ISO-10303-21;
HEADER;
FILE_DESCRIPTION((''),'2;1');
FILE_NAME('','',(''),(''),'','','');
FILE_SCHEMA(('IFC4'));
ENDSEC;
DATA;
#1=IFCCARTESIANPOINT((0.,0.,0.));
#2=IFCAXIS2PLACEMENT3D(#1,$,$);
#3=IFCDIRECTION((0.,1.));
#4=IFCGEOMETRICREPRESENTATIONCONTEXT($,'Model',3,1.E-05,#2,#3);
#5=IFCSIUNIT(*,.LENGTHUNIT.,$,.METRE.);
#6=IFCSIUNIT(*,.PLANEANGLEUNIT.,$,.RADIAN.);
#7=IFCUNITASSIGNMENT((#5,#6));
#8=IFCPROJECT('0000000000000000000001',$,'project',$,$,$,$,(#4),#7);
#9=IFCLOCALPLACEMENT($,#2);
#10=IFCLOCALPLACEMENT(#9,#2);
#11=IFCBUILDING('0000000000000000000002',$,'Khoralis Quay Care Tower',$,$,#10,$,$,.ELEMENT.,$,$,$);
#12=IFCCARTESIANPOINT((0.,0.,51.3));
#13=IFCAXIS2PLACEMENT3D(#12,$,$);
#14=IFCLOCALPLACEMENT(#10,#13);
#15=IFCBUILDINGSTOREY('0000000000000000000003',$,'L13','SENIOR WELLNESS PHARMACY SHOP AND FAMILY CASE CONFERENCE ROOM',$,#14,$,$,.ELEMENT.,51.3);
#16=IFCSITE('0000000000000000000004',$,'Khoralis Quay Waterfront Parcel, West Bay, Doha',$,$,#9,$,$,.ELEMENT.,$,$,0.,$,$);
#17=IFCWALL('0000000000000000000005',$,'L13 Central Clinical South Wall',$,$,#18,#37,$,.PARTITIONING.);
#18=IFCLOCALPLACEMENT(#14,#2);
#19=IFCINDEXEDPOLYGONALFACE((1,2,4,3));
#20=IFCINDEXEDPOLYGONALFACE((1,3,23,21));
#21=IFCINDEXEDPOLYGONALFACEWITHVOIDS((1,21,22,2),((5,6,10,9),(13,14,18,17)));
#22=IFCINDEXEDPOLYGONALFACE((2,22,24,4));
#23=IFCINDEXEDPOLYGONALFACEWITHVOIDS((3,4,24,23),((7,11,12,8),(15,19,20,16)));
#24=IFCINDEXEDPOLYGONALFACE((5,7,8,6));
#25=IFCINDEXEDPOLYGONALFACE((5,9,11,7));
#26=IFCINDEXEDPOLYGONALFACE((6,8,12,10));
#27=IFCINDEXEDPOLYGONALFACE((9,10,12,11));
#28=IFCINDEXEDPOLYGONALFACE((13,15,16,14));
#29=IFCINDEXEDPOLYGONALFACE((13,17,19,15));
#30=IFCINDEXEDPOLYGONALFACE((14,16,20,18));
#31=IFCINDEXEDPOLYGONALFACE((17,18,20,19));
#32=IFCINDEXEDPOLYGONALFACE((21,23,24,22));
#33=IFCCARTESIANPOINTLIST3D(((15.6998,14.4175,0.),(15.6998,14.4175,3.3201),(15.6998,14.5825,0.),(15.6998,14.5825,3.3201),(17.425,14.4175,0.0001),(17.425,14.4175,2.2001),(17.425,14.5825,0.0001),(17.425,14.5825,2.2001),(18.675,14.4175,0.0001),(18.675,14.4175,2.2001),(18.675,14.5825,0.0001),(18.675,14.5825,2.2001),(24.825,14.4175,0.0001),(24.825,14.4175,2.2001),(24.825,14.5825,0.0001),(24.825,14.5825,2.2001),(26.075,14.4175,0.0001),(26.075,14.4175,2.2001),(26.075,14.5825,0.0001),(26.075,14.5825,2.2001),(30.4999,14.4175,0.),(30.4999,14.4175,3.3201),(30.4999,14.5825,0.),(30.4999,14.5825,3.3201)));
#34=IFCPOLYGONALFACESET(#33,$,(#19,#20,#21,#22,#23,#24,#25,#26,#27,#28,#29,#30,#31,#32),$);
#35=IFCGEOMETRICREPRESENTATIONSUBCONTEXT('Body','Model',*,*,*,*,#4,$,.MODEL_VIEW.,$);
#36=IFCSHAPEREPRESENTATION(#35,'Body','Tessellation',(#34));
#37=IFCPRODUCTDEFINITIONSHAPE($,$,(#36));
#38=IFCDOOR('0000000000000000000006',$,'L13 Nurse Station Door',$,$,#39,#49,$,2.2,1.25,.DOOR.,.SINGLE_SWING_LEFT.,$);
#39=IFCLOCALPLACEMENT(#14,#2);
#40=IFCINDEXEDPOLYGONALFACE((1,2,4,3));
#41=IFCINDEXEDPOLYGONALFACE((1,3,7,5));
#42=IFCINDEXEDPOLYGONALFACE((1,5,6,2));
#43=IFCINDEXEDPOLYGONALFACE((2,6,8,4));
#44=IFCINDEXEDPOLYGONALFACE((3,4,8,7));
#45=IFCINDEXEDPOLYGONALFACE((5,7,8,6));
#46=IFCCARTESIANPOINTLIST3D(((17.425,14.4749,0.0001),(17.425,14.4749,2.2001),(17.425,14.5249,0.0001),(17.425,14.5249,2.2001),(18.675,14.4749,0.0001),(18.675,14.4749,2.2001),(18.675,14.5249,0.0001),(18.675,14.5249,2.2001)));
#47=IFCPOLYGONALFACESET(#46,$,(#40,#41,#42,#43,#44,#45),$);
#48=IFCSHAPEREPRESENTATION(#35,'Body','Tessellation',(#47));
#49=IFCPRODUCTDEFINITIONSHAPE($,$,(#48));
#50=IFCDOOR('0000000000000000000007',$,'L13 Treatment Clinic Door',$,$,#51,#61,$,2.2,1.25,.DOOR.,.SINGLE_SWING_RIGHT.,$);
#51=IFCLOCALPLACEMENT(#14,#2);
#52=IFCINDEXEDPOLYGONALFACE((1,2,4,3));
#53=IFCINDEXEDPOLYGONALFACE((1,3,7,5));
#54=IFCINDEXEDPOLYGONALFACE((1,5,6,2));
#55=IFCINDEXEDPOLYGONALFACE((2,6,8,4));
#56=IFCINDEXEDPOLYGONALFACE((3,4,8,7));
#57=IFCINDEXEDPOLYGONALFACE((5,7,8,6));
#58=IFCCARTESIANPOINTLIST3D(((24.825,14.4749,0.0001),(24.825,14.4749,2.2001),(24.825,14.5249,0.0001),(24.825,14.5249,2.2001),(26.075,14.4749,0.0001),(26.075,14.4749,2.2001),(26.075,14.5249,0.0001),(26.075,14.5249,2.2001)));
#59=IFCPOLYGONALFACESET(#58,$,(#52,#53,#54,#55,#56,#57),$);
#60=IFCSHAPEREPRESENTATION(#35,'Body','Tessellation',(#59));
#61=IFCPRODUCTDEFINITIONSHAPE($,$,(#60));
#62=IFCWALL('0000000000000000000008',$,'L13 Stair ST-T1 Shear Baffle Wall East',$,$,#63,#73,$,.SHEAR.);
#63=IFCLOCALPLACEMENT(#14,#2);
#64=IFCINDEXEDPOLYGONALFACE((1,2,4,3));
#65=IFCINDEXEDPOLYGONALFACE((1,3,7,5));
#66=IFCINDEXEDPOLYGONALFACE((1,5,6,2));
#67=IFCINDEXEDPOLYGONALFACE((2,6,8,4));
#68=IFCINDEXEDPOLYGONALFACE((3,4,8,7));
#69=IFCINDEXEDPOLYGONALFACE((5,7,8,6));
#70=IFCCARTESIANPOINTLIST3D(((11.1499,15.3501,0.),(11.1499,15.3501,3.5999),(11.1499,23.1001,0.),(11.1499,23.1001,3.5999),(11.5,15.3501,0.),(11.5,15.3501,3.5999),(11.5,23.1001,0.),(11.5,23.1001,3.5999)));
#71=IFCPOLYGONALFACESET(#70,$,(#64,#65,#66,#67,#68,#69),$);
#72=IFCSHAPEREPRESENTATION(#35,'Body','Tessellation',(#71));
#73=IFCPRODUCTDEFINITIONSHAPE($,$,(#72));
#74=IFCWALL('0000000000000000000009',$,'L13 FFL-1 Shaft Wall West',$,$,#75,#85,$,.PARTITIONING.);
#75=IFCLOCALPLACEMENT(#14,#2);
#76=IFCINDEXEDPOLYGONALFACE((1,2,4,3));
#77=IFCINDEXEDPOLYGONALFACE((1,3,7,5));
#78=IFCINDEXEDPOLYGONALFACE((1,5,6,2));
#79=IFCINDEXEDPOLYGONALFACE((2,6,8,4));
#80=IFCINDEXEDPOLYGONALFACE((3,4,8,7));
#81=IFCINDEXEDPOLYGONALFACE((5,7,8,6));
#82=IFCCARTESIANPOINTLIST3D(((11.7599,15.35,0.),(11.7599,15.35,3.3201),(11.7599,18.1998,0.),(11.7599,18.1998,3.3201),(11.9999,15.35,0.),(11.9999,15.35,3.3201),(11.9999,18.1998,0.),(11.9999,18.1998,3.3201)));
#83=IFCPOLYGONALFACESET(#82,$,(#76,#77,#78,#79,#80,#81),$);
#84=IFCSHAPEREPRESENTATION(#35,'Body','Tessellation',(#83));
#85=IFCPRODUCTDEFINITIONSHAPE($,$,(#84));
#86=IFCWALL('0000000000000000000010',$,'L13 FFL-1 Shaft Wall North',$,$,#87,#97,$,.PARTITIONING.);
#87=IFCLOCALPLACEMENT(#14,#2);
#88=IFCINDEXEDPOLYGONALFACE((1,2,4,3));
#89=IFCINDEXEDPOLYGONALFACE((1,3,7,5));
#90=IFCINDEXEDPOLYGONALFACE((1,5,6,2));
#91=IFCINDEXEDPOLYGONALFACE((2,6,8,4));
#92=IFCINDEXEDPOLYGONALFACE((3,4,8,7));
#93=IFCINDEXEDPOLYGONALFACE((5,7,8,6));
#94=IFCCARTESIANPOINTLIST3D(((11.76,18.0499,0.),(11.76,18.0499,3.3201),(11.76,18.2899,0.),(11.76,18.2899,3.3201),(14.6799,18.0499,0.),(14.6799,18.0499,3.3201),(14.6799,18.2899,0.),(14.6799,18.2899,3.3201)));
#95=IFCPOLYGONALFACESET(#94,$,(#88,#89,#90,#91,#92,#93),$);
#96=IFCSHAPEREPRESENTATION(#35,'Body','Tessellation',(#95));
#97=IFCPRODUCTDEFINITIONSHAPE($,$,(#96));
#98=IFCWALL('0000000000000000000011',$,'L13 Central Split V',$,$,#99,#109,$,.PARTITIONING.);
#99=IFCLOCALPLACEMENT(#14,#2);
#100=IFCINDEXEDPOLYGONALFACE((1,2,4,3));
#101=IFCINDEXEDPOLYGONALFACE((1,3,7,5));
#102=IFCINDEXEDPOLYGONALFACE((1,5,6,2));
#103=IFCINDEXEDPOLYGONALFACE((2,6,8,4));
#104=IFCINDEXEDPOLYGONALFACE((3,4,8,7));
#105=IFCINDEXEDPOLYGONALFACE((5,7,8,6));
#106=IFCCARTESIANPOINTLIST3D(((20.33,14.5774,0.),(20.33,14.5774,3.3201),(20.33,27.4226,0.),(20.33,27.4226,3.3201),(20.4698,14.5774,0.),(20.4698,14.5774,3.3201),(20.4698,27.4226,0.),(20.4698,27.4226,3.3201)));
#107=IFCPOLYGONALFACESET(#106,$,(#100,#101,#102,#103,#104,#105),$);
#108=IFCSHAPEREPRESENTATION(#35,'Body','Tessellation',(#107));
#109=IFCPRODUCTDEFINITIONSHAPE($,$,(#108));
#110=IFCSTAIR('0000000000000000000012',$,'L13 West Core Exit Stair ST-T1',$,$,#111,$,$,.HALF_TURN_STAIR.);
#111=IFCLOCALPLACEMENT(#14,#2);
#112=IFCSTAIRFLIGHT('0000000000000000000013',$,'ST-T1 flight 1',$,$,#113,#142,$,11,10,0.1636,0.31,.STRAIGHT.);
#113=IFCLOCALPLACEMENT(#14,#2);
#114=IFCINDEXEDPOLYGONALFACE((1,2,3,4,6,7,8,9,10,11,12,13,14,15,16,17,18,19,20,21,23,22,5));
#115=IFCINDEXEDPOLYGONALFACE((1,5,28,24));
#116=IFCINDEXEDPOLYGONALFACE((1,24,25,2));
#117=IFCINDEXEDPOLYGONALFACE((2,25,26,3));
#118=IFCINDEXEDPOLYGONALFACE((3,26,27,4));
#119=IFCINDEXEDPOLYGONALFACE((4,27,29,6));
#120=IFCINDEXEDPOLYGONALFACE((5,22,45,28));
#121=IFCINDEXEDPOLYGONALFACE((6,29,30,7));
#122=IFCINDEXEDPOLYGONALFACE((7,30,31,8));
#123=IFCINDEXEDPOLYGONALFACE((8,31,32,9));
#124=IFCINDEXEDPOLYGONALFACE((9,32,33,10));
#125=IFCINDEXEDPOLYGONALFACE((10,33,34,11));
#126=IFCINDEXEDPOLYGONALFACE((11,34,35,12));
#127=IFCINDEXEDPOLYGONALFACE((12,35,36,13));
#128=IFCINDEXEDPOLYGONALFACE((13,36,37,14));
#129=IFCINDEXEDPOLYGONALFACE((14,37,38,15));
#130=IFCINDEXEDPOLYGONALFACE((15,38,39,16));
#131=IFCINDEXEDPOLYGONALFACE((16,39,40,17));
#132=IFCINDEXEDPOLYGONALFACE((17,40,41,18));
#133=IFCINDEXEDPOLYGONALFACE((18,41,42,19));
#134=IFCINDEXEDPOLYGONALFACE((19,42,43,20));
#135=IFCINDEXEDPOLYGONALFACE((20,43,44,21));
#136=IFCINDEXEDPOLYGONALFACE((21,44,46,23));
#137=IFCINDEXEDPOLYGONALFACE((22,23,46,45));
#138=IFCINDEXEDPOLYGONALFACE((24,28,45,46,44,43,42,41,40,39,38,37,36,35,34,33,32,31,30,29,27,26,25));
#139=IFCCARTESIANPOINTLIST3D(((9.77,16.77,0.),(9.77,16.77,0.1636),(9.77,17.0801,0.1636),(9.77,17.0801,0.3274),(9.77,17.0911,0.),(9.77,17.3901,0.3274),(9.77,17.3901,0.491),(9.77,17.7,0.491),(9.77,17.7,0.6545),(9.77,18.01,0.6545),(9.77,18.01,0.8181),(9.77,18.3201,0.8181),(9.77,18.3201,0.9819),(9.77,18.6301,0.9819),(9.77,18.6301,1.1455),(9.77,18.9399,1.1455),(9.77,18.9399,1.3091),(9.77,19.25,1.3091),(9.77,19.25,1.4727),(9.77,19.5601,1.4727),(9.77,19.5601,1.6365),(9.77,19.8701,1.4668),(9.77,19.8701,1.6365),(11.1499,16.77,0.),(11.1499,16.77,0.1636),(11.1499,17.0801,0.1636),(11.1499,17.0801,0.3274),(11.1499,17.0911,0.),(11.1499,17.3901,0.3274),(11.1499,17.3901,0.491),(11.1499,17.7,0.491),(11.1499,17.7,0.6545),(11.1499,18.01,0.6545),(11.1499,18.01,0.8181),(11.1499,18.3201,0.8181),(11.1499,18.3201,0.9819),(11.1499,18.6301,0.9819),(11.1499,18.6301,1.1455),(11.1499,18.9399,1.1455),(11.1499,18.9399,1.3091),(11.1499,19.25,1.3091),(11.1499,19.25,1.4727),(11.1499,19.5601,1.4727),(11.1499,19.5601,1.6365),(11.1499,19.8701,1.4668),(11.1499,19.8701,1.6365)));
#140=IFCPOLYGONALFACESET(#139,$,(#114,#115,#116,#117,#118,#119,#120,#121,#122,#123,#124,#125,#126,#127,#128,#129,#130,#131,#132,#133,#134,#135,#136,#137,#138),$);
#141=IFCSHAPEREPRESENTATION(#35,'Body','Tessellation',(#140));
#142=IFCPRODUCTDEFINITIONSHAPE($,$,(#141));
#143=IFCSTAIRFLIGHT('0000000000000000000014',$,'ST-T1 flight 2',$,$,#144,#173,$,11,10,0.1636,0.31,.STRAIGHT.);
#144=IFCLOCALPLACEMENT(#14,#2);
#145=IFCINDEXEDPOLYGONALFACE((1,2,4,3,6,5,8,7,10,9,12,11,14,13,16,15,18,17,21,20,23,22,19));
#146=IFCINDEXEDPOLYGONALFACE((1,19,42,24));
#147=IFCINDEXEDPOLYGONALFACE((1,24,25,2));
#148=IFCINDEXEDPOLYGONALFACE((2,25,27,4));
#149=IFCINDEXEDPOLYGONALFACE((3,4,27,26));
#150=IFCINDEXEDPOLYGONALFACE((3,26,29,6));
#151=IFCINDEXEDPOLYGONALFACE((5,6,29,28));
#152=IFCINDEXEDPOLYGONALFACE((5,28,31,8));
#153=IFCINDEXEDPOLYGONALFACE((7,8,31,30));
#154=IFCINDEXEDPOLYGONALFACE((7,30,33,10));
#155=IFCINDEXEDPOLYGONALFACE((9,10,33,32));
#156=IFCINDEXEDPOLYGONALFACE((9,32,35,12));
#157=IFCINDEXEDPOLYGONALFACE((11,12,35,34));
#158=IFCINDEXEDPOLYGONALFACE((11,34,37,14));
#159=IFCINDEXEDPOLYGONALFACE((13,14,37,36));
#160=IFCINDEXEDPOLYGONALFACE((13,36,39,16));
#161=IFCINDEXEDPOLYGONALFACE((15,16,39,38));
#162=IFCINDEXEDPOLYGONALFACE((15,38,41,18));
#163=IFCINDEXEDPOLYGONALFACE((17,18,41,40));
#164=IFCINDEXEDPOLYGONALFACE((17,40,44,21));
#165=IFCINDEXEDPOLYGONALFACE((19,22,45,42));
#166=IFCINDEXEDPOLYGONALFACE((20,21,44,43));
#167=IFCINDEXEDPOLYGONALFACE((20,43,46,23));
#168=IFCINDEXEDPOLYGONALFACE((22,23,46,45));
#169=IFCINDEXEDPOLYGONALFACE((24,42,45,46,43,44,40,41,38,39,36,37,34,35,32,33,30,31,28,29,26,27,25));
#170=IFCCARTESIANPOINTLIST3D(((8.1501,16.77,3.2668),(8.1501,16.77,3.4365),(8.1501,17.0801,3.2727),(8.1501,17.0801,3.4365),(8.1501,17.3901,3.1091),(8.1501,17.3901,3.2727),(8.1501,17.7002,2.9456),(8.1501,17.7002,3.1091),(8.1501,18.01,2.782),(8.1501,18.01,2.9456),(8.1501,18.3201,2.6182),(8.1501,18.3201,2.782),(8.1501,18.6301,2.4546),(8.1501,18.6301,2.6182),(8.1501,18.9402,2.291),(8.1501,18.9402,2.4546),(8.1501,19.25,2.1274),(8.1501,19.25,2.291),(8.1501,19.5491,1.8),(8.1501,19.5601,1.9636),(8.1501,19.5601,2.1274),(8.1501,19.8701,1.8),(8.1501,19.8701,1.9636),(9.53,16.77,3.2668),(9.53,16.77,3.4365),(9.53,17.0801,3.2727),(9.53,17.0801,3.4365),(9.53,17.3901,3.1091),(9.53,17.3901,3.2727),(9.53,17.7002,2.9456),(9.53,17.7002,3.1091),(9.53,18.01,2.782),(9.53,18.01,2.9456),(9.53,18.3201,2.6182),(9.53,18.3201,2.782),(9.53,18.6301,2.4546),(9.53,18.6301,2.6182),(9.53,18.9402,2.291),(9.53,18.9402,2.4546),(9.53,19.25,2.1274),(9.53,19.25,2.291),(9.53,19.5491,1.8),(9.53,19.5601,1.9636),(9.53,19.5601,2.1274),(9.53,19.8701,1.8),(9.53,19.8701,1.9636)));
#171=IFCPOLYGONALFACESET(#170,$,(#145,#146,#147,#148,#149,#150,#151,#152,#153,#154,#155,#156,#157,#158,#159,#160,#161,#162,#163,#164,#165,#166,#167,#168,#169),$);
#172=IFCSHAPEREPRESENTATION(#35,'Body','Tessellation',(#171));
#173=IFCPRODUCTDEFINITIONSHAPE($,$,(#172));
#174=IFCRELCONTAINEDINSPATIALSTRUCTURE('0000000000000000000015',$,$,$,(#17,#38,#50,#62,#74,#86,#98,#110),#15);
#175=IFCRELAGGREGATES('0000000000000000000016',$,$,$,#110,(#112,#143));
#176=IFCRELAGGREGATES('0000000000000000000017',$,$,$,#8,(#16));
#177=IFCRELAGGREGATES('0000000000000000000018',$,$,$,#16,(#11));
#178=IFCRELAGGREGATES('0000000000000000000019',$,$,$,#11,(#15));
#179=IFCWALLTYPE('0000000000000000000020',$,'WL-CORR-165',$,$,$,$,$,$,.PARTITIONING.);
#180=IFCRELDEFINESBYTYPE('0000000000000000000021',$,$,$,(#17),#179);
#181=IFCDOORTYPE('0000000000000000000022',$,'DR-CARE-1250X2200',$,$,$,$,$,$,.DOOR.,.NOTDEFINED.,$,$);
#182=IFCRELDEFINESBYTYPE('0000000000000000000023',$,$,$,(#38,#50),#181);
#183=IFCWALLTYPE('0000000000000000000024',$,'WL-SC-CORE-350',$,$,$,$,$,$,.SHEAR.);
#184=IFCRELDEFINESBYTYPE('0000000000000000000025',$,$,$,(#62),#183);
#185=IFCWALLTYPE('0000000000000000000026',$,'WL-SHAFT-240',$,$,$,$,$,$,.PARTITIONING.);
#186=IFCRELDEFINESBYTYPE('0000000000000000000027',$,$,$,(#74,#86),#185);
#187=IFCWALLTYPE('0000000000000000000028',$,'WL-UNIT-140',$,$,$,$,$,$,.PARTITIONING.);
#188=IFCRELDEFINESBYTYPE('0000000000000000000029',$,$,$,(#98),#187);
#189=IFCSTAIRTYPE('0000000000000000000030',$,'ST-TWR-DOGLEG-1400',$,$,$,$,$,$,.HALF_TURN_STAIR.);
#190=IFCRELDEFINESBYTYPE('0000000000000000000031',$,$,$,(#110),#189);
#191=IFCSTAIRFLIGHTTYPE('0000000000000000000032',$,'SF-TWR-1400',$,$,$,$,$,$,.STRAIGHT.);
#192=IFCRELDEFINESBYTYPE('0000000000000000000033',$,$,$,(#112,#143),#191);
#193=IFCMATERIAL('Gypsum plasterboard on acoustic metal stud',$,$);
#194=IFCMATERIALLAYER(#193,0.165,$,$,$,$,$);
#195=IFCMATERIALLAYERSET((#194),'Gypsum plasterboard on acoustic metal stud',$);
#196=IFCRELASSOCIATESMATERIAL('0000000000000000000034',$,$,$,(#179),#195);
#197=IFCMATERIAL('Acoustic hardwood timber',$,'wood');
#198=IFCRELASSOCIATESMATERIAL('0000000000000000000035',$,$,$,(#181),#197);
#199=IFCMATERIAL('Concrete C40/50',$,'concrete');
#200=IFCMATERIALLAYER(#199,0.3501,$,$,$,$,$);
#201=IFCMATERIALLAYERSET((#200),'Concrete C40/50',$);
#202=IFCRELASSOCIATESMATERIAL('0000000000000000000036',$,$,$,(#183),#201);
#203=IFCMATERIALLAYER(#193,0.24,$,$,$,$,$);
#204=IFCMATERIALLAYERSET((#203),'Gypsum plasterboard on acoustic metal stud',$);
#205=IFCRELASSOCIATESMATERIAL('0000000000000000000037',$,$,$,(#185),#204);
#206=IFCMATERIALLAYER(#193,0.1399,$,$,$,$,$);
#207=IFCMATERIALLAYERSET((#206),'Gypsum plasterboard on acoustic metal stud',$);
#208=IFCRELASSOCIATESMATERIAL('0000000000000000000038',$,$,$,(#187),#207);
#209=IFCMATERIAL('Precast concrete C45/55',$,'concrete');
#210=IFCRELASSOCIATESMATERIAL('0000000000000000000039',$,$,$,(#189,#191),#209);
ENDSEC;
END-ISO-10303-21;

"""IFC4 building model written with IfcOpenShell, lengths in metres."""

from ifc_helpers import new_model, si_unit, direction, frame, frame_2d, origin, place, context, subcontext, project, spatial, polyline, rectangle, outline, extrude, source, transform, mapped, material, layer, layer_set, type_object, element, fill, aggregate, save


model = new_model("IFC4")

# Units and contexts
model_context = context("Model", 3, precision=1e-05, world=origin(), true_north=direction((0.0, 1.0)))
body_context = subcontext(model_context, "Body", "Model", "MODEL_VIEW")
ifc_project = project(units=[si_unit("LENGTHUNIT", "METRE"), si_unit("PLANEANGLEUNIT", "RADIAN")], contexts=[model_context])

# Site, building, storey
site_placement = place(None, origin())
site = spatial("IfcSite", under=ifc_project, at=site_placement, Name="Khoralis Quay Waterfront Parcel, West Bay, Doha", CompositionType="ELEMENT", RefElevation=0.0)
building_placement = place(site_placement, origin())
building = spatial("IfcBuilding", under=site, at=building_placement, Name="Khoralis Quay Care Tower", CompositionType="ELEMENT")
storey_placement = place(building_placement, frame((0.0, 0.0, 51.3)))
storey = spatial("IfcBuildingStorey", under=building, at=storey_placement, Name="L13", Description="SENIOR WELLNESS PHARMACY SHOP AND FAMILY CASE CONFERENCE ROOM", CompositionType="ELEMENT", Elevation=51.3)

# Shared definitions
ifc_material_1 = material(Name="Gypsum plasterboard on acoustic metal stud")

# Wall, openings, doors
ifc_layer_1 = layer(ifc_material_1, 0.165)
ifc_layer_set_1 = layer_set([ifc_layer_1], Name="Gypsum plasterboard on acoustic metal stud")
wall_type_1 = type_object("IfcWallType", Name="WL-CORR-165", PredefinedType="PARTITIONING", material=ifc_layer_set_1)
wall_1_placement = place(storey_placement, frame((15.7, 14.5, 0.0), z_axis=(0.0, 0.0, 1.0), x_axis=(1.0, 0.0, 0.0)))
wall_1 = element("IfcWall", 1, at=wall_1_placement, inside=storey, type_object=wall_type_1, Name="L13 Central Clinical South Wall", PredefinedType="PARTITIONING", context=body_context, shape_type="SweptSolid", body=[
    extrude(rectangle(XDim=14.8, YDim=0.165, at=frame_2d((7.3999, 0.0))), origin(), (0.0, 0.0, 1.0), 3.3201),
])
opening_1_placement = place(wall_1_placement, frame((1.7251, 0.0, 0.0)))
opening_1 = element("IfcOpeningElement", 2, at=opening_1_placement, cuts=wall_1, PredefinedType="OPENING", context=body_context, shape_type="SweptSolid", body=[
    extrude(rectangle(XDim=1.25, YDim=2.2, at=frame_2d((0.625, 1.1001))), frame((0.0, 0.0925, 0.0), z_axis=(0.0, -1.0, 0.0), x_axis=(1.0, 0.0, 0.0)), (0.0, 0.0, 1.0), 0.1851),
])
opening_2_placement = place(wall_1_placement, frame((9.125, 0.0, 0.0)))
opening_2 = element("IfcOpeningElement", 3, at=opening_2_placement, cuts=wall_1, PredefinedType="OPENING", context=body_context, shape_type="SweptSolid", body=[
    extrude(rectangle(XDim=1.25, YDim=2.2, at=frame_2d((0.625, 1.1001))), frame((0.0, 0.0925, 0.0), z_axis=(0.0, -1.0, 0.0), x_axis=(1.0, 0.0, 0.0)), (0.0, 0.0, 1.0), 0.1851),
])
ifc_material_2 = material(Name="Acoustic hardwood timber", Category="wood")
door_type_1 = type_object("IfcDoorType", Name="DR-CARE-1250X2200", OperationType="NOTDEFINED", PredefinedType="DOOR", material=ifc_material_2)
shared_shape_1 = source(origin(), body_context, "Body", "SweptSolid", [
    extrude(rectangle(XDim=1.25, YDim=2.2, at=frame_2d((0.625, 1.1001))), frame((0.0, 0.0249, 0.0), z_axis=(0.0, -1.0, 0.0), x_axis=(1.0, 0.0, 0.0)), (0.0, 0.0, 1.0), 0.05),
])
door_1_placement = place(opening_1_placement, origin())
door_1 = element("IfcDoor", 4, at=door_1_placement, inside=storey, type_object=door_type_1, Name="L13 Nurse Station Door", OperationType="SINGLE_SWING_LEFT", OverallHeight=2.2, OverallWidth=1.25, PredefinedType="DOOR", context=body_context, shape_type="MappedRepresentation", body=[
    mapped(shared_shape_1, transform((0.0, 0.0, 0.0), scale=1.0)),
])
fill(opening_1, door_1)
door_2_placement = place(opening_2_placement, origin())
door_2 = element("IfcDoor", 5, at=door_2_placement, inside=storey, type_object=door_type_1, Name="L13 Treatment Clinic Door", OperationType="SINGLE_SWING_RIGHT", OverallHeight=2.2, OverallWidth=1.25, PredefinedType="DOOR", context=body_context, shape_type="MappedRepresentation", body=[
    mapped(shared_shape_1, transform((0.0, 0.0, 0.0), scale=1.0)),
])
fill(opening_2, door_2)

# Walls
ifc_material_3 = material(Name="Concrete C40/50", Category="concrete")
ifc_layer_2 = layer(ifc_material_3, 0.3501)
ifc_layer_set_2 = layer_set([ifc_layer_2], Name="Concrete C40/50")
wall_type_2 = type_object("IfcWallType", Name="WL-SC-CORE-350", PredefinedType="SHEAR", material=ifc_layer_set_2)
wall_2_placement = place(storey_placement, frame((11.325, 15.3501, 0.0), z_axis=(0.0, 0.0, 1.0), x_axis=(0.0, 1.0, 0.0)))
element("IfcWall", 6, at=wall_2_placement, inside=storey, type_object=wall_type_2, Name="L13 Stair ST-T1 Shear Baffle Wall East", PredefinedType="SHEAR", context=body_context, shape_type="SweptSolid", body=[
    extrude(rectangle(XDim=7.75, YDim=0.3501, at=frame_2d((3.875, 0.0))), origin(), (0.0, 0.0, 1.0), 3.5999),
])
ifc_layer_3 = layer(ifc_material_1, 0.24)
ifc_layer_set_3 = layer_set([ifc_layer_3], Name="Gypsum plasterboard on acoustic metal stud")
wall_type_3 = type_object("IfcWallType", Name="WL-SHAFT-240", PredefinedType="PARTITIONING", material=ifc_layer_set_3)
wall_3_placement = place(storey_placement, frame((11.8799, 15.3501, 0.0), z_axis=(0.0, 0.0, 1.0), x_axis=(0.0, 1.0, 0.0)))
element("IfcWall", 7, at=wall_3_placement, inside=storey, type_object=wall_type_3, Name="L13 FFL-1 Shaft Wall West", PredefinedType="PARTITIONING", context=body_context, shape_type="SweptSolid", body=[
    extrude(rectangle(XDim=2.8499, YDim=0.24, at=frame_2d((1.4248, 0.0))), origin(), (0.0, 0.0, 1.0), 3.3201),
])
wall_4_placement = place(storey_placement, frame((11.76, 18.1699, 0.0), z_axis=(0.0, 0.0, 1.0), x_axis=(1.0, 0.0, 0.0)))
element("IfcWall", 8, at=wall_4_placement, inside=storey, type_object=wall_type_3, Name="L13 FFL-1 Shaft Wall North", PredefinedType="PARTITIONING", context=body_context, shape_type="SweptSolid", body=[
    extrude(rectangle(XDim=2.9199, YDim=0.24, at=frame_2d((1.46, 0.0))), origin(), (0.0, 0.0, 1.0), 3.3201),
])
ifc_layer_4 = layer(ifc_material_1, 0.1399)
ifc_layer_set_4 = layer_set([ifc_layer_4], Name="Gypsum plasterboard on acoustic metal stud")
wall_type_4 = type_object("IfcWallType", Name="WL-UNIT-140", PredefinedType="PARTITIONING", material=ifc_layer_set_4)
wall_5_placement = place(storey_placement, frame((20.3999, 14.5774, 0.0), z_axis=(0.0, 0.0, 1.0), x_axis=(0.0, 1.0, 0.0)))
element("IfcWall", 9, at=wall_5_placement, inside=storey, type_object=wall_type_4, Name="L13 Central Split V", PredefinedType="PARTITIONING", context=body_context, shape_type="SweptSolid", body=[
    extrude(rectangle(XDim=12.8452, YDim=0.1399, at=frame_2d((6.4226, 0.0))), origin(), (0.0, 0.0, 1.0), 3.3201),
])

# Stair, stair flights
ifc_material_4 = material(Name="Precast concrete C45/55", Category="concrete")
stair_type = type_object("IfcStairType", Name="ST-TWR-DOGLEG-1400", PredefinedType="HALF_TURN_STAIR", material=ifc_material_4)
stair_placement = place(storey_placement, origin())
stair = element("IfcStair", 10, at=stair_placement, inside=storey, type_object=stair_type, Name="L13 West Core Exit Stair ST-T1", PredefinedType="HALF_TURN_STAIR")
stair_flight_type = type_object("IfcStairFlightType", Name="SF-TWR-1400", PredefinedType="STRAIGHT", material=ifc_material_4)
shared_shape_2 = source(origin(), body_context, "Body", "SweptSolid", [
    extrude(outline(polyline([(0.0, 0.0), (0.0, 0.1636), (0.3101, 0.1636), (0.3101, 0.3274), (0.6201, 0.3274), (0.6201, 0.491), (0.9299, 0.491), (0.9299, 0.6545), (1.24, 0.6545), (1.24, 0.8181), (1.55, 0.8181), (1.55, 0.9819), (1.8601, 0.9819), (1.8601, 1.1455), (2.1699, 1.1455), (2.1699, 1.3091), (2.48, 1.3091), (2.48, 1.4727), (2.79, 1.4727), (2.79, 1.6365), (3.1001, 1.6365), (3.1001, 1.8), (3.1001, 1.4668), (0.321, 0.0), (0.0, 0.0)])), frame((0.0, 0.6899, 0.0), z_axis=(0.0, -1.0, 0.0), x_axis=(1.0, 0.0, 0.0)), (0.0, 0.0, 1.0), 1.3799),
])
stair_flight_1_placement = place(storey_placement, frame((10.46, 16.77, 0.0), z_axis=(0.0, 0.0, 1.0), x_axis=(0.0, 1.0, 0.0)))
stair_flight_1 = element("IfcStairFlight", 11, at=stair_flight_1_placement, type_object=stair_flight_type, Name="ST-T1 flight 1", NumberOfRisers=11, NumberOfTreads=10, PredefinedType="STRAIGHT", RiserHeight=0.1636, TreadLength=0.31, context=body_context, shape_type="MappedRepresentation", body=[
    mapped(shared_shape_2, transform((0.0, 0.0, 0.0), scale=1.0)),
])
stair_flight_2_placement = place(storey_placement, frame((8.8401, 19.8701, 1.8), z_axis=(0.0, 0.0, 1.0), x_axis=(0.0, -1.0, 0.0)))
stair_flight_2 = element("IfcStairFlight", 12, at=stair_flight_2_placement, type_object=stair_flight_type, Name="ST-T1 flight 2", NumberOfRisers=11, NumberOfTreads=10, PredefinedType="STRAIGHT", RiserHeight=0.1636, TreadLength=0.31, context=body_context, shape_type="MappedRepresentation", body=[
    mapped(shared_shape_2, transform((0.0, 0.0, 0.0), scale=1.0)),
])
aggregate(stair, [stair_flight_1, stair_flight_2])

save(model, "model.ifc")
